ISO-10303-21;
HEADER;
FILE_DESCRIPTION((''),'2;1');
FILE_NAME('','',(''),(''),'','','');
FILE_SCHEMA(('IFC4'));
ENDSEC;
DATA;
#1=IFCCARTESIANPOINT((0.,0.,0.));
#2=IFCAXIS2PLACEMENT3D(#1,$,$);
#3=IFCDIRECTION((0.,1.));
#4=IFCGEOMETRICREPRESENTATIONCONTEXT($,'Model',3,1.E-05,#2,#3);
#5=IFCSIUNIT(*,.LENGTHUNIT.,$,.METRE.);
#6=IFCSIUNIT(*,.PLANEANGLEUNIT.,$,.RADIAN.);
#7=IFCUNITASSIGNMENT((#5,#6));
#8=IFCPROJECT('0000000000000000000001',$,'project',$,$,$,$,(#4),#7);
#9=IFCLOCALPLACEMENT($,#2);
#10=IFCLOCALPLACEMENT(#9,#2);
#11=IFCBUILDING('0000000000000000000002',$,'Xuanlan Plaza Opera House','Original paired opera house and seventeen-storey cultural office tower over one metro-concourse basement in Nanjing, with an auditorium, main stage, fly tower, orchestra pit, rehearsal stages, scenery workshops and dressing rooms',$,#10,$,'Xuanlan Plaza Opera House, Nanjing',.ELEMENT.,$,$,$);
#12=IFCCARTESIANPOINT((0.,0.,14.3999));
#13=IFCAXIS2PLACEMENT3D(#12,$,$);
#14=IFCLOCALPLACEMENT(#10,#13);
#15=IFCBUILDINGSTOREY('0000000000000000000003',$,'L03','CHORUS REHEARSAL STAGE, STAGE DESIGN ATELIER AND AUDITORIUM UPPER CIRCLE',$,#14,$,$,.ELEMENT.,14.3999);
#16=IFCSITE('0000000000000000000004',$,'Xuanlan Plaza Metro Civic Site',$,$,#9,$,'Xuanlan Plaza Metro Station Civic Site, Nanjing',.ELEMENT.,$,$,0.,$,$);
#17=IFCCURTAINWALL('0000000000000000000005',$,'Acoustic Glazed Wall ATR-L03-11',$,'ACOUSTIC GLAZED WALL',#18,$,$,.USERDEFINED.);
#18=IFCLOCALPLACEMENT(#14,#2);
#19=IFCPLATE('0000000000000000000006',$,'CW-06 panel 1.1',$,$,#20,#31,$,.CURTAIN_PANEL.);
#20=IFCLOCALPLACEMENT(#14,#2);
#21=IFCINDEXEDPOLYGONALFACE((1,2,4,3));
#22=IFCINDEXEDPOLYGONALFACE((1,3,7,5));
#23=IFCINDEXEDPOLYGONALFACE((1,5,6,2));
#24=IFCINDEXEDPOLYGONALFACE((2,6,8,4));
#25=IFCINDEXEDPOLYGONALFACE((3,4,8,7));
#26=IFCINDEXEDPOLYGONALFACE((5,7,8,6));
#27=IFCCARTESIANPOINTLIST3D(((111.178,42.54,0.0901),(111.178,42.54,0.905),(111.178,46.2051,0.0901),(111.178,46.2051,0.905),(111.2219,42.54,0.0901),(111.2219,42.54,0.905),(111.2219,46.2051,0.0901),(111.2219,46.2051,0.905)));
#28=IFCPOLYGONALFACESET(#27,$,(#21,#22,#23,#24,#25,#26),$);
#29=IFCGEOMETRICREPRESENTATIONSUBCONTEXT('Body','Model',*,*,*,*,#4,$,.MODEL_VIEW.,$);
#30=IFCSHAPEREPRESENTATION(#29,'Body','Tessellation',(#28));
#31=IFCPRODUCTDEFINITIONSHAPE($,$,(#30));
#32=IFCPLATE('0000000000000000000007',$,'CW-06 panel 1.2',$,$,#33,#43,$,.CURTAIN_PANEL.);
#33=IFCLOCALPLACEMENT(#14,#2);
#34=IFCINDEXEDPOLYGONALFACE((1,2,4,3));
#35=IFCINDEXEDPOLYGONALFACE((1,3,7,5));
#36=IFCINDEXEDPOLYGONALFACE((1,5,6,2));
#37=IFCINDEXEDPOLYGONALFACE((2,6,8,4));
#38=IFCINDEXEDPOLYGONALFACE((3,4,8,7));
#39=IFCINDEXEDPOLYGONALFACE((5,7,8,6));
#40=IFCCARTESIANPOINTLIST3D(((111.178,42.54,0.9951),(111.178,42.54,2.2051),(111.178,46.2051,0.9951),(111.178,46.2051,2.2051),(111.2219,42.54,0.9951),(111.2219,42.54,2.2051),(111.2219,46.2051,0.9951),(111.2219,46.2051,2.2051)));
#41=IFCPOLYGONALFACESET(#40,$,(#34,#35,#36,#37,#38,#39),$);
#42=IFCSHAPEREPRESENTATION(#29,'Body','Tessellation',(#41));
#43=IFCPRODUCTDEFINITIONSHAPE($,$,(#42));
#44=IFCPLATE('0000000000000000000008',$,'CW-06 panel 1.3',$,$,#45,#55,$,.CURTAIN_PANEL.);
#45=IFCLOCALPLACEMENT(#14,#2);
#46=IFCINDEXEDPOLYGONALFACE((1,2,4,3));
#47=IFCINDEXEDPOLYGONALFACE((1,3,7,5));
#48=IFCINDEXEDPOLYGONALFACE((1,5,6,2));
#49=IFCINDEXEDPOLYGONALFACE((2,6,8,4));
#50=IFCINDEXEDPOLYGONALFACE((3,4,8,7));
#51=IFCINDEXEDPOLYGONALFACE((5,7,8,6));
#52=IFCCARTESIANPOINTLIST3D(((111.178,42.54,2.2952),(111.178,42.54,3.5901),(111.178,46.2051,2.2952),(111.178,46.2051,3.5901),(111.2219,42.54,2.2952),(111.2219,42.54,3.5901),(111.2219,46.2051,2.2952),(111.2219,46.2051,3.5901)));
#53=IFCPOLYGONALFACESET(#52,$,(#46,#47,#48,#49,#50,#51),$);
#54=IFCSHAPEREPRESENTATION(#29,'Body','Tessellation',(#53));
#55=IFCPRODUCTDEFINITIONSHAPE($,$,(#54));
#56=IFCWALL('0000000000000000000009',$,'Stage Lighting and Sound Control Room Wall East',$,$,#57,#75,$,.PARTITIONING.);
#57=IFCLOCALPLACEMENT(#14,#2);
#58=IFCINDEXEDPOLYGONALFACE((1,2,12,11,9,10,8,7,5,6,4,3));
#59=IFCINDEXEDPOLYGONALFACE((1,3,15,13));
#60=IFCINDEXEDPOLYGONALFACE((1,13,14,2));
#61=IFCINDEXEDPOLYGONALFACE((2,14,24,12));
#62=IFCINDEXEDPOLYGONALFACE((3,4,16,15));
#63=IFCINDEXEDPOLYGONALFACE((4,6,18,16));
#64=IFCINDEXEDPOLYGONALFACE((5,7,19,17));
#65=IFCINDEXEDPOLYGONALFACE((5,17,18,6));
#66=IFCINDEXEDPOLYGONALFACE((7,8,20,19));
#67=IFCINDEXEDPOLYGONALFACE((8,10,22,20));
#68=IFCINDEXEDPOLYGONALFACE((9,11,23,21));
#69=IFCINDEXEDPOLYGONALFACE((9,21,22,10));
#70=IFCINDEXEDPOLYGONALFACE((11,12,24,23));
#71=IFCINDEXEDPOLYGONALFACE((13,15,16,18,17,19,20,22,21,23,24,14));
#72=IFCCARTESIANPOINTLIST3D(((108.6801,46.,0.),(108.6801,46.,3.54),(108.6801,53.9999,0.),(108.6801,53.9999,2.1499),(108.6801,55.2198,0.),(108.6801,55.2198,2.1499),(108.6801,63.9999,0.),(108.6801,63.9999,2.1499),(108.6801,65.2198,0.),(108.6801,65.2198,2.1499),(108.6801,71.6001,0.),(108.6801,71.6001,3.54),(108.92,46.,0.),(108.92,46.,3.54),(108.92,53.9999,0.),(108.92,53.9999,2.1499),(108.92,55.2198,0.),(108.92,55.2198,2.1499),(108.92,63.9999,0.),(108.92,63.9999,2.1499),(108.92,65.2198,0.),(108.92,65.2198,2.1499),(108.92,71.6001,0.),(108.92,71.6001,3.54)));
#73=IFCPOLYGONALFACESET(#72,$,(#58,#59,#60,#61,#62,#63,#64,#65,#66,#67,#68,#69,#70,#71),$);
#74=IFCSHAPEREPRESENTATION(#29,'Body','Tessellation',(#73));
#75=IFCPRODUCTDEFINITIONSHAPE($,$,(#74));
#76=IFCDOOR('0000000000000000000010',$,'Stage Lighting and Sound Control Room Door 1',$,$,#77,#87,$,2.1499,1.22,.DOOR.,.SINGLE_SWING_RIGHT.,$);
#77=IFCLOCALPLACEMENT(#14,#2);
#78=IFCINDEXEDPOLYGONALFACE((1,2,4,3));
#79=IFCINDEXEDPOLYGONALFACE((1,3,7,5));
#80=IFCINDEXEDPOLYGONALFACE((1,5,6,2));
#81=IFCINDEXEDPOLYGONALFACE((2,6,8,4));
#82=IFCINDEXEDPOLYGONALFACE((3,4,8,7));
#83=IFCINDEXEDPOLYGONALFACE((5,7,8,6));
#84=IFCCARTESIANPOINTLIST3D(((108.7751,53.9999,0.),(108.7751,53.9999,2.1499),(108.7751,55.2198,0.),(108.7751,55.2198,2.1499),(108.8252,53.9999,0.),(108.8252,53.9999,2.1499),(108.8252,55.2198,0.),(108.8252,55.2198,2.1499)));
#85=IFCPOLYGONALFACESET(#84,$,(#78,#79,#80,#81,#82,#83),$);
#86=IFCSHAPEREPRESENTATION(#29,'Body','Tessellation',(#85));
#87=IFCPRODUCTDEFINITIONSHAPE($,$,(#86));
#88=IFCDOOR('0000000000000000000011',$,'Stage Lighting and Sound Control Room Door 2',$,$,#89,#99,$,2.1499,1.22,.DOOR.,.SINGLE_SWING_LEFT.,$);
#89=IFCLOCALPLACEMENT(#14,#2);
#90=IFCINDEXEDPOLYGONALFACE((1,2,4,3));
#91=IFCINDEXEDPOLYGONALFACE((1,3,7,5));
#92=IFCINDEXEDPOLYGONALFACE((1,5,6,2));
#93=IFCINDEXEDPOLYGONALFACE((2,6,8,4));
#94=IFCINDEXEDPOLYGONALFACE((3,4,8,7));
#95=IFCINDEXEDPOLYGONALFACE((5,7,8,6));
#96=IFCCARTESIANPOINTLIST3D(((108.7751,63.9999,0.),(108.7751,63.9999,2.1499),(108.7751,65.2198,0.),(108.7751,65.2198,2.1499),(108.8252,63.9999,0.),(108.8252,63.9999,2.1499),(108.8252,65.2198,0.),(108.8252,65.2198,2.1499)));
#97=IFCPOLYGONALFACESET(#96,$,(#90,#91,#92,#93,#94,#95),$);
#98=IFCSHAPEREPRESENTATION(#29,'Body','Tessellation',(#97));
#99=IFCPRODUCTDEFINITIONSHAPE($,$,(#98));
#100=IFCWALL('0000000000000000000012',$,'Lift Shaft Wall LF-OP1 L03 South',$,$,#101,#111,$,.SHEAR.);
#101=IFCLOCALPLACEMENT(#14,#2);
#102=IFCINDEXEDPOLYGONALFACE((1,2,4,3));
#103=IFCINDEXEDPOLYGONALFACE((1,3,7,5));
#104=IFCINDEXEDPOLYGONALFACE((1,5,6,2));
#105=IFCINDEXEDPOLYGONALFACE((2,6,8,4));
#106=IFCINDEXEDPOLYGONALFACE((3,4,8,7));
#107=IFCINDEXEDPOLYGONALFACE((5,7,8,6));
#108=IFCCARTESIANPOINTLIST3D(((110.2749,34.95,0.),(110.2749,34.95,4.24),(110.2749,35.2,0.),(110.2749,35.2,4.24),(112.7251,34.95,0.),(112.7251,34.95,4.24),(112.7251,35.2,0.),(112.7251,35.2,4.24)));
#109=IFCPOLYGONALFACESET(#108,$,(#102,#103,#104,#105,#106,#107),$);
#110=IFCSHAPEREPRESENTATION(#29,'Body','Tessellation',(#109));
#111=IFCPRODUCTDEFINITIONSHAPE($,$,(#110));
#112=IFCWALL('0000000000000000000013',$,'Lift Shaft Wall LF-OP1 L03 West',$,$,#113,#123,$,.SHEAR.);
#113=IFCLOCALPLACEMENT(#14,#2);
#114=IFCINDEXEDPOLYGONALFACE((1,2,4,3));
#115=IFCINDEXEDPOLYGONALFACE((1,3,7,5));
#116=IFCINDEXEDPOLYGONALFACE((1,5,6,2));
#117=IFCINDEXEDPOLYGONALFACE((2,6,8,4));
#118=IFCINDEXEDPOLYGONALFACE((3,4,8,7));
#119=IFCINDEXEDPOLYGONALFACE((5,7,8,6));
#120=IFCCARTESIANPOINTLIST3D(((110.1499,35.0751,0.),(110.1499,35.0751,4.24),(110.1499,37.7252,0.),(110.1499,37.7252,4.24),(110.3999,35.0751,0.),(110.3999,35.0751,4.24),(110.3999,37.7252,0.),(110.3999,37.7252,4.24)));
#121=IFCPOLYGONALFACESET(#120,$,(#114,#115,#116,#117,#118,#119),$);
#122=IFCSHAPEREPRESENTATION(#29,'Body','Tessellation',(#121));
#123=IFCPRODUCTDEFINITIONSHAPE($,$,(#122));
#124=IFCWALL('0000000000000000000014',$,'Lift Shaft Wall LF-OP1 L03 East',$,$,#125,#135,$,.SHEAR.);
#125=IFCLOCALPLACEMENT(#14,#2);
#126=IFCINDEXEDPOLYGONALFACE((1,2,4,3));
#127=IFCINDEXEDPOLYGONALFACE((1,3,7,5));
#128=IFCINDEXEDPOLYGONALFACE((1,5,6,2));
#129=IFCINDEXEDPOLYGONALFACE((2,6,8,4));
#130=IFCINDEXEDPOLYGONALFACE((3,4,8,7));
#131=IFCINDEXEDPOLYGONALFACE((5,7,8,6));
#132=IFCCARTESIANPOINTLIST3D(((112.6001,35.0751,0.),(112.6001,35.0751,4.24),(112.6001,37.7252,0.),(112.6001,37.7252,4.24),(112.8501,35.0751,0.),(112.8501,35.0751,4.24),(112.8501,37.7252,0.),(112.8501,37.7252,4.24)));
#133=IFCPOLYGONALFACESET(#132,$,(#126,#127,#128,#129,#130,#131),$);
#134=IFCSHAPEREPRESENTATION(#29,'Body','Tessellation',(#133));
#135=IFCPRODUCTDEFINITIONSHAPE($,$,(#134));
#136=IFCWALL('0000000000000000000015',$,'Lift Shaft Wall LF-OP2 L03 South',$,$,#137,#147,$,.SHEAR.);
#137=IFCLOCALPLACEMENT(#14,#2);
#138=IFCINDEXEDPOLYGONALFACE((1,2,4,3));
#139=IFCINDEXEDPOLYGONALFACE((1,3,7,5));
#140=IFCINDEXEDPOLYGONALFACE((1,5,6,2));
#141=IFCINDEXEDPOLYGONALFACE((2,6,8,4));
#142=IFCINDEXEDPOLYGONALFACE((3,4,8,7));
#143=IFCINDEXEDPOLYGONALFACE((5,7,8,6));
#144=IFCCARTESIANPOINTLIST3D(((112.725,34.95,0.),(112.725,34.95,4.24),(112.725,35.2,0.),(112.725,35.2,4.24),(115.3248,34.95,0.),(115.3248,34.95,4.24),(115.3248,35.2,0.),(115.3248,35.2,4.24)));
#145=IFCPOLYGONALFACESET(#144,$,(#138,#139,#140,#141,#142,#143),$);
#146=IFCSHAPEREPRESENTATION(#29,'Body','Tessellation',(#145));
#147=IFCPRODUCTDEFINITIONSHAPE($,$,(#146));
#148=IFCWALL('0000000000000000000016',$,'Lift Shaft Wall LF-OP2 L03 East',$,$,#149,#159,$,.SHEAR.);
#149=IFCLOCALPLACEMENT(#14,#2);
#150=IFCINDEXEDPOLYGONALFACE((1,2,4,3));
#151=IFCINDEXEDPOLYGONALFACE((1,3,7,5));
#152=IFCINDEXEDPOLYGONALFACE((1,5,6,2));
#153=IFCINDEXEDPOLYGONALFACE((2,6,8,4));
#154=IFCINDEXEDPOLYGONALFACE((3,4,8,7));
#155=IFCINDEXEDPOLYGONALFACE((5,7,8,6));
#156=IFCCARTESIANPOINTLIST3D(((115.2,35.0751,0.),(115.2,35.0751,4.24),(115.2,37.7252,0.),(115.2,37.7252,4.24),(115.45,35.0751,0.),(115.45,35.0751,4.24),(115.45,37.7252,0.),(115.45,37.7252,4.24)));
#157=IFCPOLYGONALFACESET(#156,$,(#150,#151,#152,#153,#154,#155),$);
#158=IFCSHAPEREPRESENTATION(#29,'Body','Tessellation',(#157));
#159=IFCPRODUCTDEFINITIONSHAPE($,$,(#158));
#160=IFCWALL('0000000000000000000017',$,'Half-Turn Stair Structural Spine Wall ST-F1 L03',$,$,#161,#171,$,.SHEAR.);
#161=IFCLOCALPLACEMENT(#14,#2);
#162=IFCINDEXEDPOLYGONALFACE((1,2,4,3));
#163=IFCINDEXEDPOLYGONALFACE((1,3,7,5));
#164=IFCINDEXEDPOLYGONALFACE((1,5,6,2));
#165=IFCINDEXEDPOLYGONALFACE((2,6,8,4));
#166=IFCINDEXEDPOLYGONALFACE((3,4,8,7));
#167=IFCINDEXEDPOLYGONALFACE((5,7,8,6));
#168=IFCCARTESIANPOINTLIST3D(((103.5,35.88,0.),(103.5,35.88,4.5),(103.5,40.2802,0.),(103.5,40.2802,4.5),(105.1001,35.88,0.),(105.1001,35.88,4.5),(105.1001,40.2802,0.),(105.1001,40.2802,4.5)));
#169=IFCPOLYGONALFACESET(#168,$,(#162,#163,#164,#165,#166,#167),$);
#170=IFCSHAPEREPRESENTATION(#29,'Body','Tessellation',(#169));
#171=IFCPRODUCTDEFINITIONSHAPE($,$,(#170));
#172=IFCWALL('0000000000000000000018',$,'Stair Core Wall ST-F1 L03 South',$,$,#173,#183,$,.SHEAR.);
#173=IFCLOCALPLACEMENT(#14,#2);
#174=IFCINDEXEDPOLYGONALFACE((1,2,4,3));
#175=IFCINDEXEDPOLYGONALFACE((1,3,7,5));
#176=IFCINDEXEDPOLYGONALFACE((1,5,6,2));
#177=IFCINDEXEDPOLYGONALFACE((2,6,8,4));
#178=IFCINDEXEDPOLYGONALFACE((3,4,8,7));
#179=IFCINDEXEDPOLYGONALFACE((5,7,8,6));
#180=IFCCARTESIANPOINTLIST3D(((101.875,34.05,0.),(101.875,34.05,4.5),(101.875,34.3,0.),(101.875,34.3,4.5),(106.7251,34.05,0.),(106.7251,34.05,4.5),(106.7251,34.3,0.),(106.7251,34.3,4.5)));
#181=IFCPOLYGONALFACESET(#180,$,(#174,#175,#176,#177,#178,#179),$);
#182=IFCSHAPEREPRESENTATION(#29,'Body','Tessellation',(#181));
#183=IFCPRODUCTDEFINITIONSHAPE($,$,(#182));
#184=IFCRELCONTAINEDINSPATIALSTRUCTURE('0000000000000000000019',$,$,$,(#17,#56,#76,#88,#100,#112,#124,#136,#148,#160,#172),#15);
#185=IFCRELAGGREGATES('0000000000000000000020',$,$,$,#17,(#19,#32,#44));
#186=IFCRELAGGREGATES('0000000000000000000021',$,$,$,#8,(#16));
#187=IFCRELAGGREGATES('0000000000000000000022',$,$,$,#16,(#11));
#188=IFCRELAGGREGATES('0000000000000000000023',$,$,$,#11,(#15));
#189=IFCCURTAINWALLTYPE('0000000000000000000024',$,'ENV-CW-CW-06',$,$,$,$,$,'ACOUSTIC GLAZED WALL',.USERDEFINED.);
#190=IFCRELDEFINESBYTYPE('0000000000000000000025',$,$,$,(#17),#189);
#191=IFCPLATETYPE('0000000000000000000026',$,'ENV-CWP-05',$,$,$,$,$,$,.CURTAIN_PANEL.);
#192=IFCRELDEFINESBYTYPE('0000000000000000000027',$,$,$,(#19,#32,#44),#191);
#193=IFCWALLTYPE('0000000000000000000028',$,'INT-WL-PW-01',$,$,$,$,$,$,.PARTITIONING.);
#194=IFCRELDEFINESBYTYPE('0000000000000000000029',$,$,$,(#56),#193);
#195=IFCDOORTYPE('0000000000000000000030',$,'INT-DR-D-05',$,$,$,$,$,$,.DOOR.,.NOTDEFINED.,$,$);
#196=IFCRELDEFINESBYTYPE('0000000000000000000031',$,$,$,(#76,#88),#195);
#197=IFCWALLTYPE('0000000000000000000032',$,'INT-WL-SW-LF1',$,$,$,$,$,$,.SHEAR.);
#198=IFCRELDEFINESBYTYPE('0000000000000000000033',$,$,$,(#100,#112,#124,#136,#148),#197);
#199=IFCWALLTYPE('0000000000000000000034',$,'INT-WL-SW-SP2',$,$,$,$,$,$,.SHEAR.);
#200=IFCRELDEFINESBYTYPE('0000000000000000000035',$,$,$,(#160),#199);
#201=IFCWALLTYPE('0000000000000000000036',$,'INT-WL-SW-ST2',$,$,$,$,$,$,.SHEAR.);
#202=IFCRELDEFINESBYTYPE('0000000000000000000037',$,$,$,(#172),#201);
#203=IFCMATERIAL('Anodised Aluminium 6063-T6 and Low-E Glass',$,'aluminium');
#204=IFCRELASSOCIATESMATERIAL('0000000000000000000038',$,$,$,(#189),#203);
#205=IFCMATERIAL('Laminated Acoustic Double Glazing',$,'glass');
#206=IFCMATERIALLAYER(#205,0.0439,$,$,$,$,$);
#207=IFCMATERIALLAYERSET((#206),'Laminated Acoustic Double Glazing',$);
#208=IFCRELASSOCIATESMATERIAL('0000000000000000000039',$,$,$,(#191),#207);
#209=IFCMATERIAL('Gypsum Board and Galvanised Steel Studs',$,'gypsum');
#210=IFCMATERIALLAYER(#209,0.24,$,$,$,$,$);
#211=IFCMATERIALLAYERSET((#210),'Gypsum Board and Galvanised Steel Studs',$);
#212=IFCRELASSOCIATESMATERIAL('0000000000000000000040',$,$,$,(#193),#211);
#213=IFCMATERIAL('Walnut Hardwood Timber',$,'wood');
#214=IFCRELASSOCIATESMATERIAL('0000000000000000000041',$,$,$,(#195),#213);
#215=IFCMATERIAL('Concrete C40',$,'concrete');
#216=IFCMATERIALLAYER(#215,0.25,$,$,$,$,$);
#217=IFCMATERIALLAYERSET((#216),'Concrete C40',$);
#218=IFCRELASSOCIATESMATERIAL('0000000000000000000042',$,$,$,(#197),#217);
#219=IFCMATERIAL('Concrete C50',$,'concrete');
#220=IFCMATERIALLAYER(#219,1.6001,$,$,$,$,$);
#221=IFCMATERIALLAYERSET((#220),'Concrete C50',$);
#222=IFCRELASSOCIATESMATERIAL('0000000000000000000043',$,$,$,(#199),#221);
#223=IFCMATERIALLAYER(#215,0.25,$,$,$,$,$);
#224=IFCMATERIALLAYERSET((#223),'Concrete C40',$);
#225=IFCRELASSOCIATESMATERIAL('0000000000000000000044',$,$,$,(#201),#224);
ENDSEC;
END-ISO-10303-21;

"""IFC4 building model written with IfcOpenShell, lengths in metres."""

from ifc_helpers import new_model, si_unit, direction, frame, frame_2d, origin, origin_2d, place, context, subcontext, project, spatial, rectangle, extrude, material, layer, layer_set, type_object, element, fill, aggregate, save


model = new_model("IFC4")

# Units and contexts
model_context = context("Model", 3, precision=1e-05, world=origin(), true_north=direction((0.0, 1.0)))
body_context = subcontext(model_context, "Body", "Model", "MODEL_VIEW")
ifc_project = project(units=[si_unit("LENGTHUNIT", "METRE"), si_unit("PLANEANGLEUNIT", "RADIAN")], contexts=[model_context])

# Site, building, storey
site_placement = place(None, origin())
site = spatial("IfcSite", under=ifc_project, at=site_placement, Name="Xuanlan Plaza Metro Civic Site", LongName="Xuanlan Plaza Metro Station Civic Site, Nanjing", CompositionType="ELEMENT", RefElevation=0.0)
building_placement = place(site_placement, origin())
building = spatial("IfcBuilding", under=site, at=building_placement, Name="Xuanlan Plaza Opera House", Description="Original paired opera house and seventeen-storey cultural office tower over one metro-concourse basement in Nanjing, with an auditorium, main stage, fly tower, orchestra pit, rehearsal stages, scenery workshops and dressing rooms", LongName="Xuanlan Plaza Opera House, Nanjing", CompositionType="ELEMENT")
storey_placement = place(building_placement, frame((0.0, 0.0, 14.3999)))
storey = spatial("IfcBuildingStorey", under=building, at=storey_placement, Name="L03", Description="CHORUS REHEARSAL STAGE, STAGE DESIGN ATELIER AND AUDITORIUM UPPER CIRCLE", CompositionType="ELEMENT", Elevation=14.3999)

# Shared definitions
ifc_material_1 = material(Name="Concrete C50", Category="concrete")

# Curtain wall
ifc_material_2 = material(Name="Anodised Aluminium 6063-T6 and Low-E Glass", Category="aluminium")
curtain_wall_type = type_object("IfcCurtainWallType", Name="ENV-CW-CW-06", ElementType="ACOUSTIC GLAZED WALL", PredefinedType="USERDEFINED", material=ifc_material_2)
curtain_wall_placement = place(storey_placement, origin())
curtain_wall = element("IfcCurtainWall", 1, at=curtain_wall_placement, inside=storey, type_object=curtain_wall_type, Name="Acoustic Glazed Wall ATR-L03-11", ObjectType="ACOUSTIC GLAZED WALL", PredefinedType="USERDEFINED")

# Plates
ifc_material_3 = material(Name="Laminated Acoustic Double Glazing", Category="glass")
ifc_layer_1 = layer(ifc_material_3, 0.0439)
ifc_layer_set_1 = layer_set([ifc_layer_1], Name="Laminated Acoustic Double Glazing")
plate_type = type_object("IfcPlateType", Name="ENV-CWP-05", PredefinedType="CURTAIN_PANEL", material=ifc_layer_set_1)
plate_1_placement = place(storey_placement, frame((111.2, 44.3726, 0.0901), z_axis=(0.0, 0.0, 1.0), x_axis=(0.0, 1.0, 0.0)))
plate_1 = element("IfcPlate", 2, at=plate_1_placement, type_object=plate_type, Name="CW-06 panel 1.1", PredefinedType="CURTAIN_PANEL", context=body_context, shape_type="SweptSolid", body=[
    extrude(rectangle(XDim=3.665, YDim=0.0439, at=origin_2d()), origin(), (0.0, 0.0, 1.0), 0.8149),
])
plate_2_placement = place(storey_placement, frame((111.2, 44.3726, 0.9951), z_axis=(0.0, 0.0, 1.0), x_axis=(0.0, 1.0, 0.0)))
plate_2 = element("IfcPlate", 3, at=plate_2_placement, type_object=plate_type, Name="CW-06 panel 1.2", PredefinedType="CURTAIN_PANEL", context=body_context, shape_type="SweptSolid", body=[
    extrude(rectangle(XDim=3.665, YDim=0.0439, at=origin_2d()), origin(), (0.0, 0.0, 1.0), 1.21),
])
plate_3_placement = place(storey_placement, frame((111.2, 44.3726, 2.2952), z_axis=(0.0, 0.0, 1.0), x_axis=(0.0, 1.0, 0.0)))
plate_3 = element("IfcPlate", 4, at=plate_3_placement, type_object=plate_type, Name="CW-06 panel 1.3", PredefinedType="CURTAIN_PANEL", context=body_context, shape_type="SweptSolid", body=[
    extrude(rectangle(XDim=3.665, YDim=0.0439, at=origin_2d()), origin(), (0.0, 0.0, 1.0), 1.2949),
])
aggregate(curtain_wall, [plate_1, plate_2, plate_3])

# Wall, openings, doors
ifc_material_4 = material(Name="Gypsum Board and Galvanised Steel Studs", Category="gypsum")
ifc_layer_2 = layer(ifc_material_4, 0.24)
ifc_layer_set_2 = layer_set([ifc_layer_2], Name="Gypsum Board and Galvanised Steel Studs")
wall_type_1 = type_object("IfcWallType", Name="INT-WL-PW-01", PredefinedType="PARTITIONING", material=ifc_layer_set_2)
wall_1_placement = place(storey_placement, frame((108.8, 46.0, 0.0), z_axis=(0.0, 0.0, 1.0), x_axis=(0.0, 1.0, 0.0)))
wall_1 = element("IfcWall", 5, at=wall_1_placement, inside=storey, type_object=wall_type_1, Name="Stage Lighting and Sound Control Room Wall East", PredefinedType="PARTITIONING", context=body_context, shape_type="SweptSolid", body=[
    extrude(rectangle(XDim=25.6001, YDim=0.24, at=frame_2d((12.8, 0.0))), origin(), (0.0, 0.0, 1.0), 3.54),
])
opening_1_placement = place(wall_1_placement, frame((8.0, 0.0, 0.0)))
opening_1 = element("IfcOpeningElement", 6, at=opening_1_placement, cuts=wall_1, PredefinedType="OPENING", context=body_context, shape_type="SweptSolid", body=[
    extrude(rectangle(XDim=1.22, YDim=2.1499, at=frame_2d((0.6099, 1.075))), frame((0.0, 0.1299, 0.0), z_axis=(0.0, -1.0, 0.0), x_axis=(1.0, 0.0, 0.0)), (0.0, 0.0, 1.0), 0.26),
])
opening_2_placement = place(wall_1_placement, frame((18.0, 0.0, 0.0)))
opening_2 = element("IfcOpeningElement", 7, at=opening_2_placement, cuts=wall_1, PredefinedType="OPENING", context=body_context, shape_type="SweptSolid", body=[
    extrude(rectangle(XDim=1.22, YDim=2.1499, at=frame_2d((0.6099, 1.075))), frame((0.0, 0.1299, 0.0), z_axis=(0.0, -1.0, 0.0), x_axis=(1.0, 0.0, 0.0)), (0.0, 0.0, 1.0), 0.26),
])
ifc_material_5 = material(Name="Walnut Hardwood Timber", Category="wood")
door_type_1 = type_object("IfcDoorType", Name="INT-DR-D-05", OperationType="NOTDEFINED", PredefinedType="DOOR", material=ifc_material_5)
door_1_placement = place(opening_1_placement, origin())
door_1 = element("IfcDoor", 8, at=door_1_placement, inside=storey, type_object=door_type_1, Name="Stage Lighting and Sound Control Room Door 1", OperationType="SINGLE_SWING_RIGHT", OverallHeight=2.1499, OverallWidth=1.22, PredefinedType="DOOR", context=body_context, shape_type="SweptSolid", body=[
    extrude(rectangle(XDim=1.22, YDim=2.1499, at=frame_2d((0.6099, 1.075))), frame((0.0, 0.0249, 0.0), z_axis=(0.0, -1.0, 0.0), x_axis=(1.0, 0.0, 0.0)), (0.0, 0.0, 1.0), 0.05),
])
fill(opening_1, door_1)
door_2_placement = place(opening_2_placement, origin())
door_2 = element("IfcDoor", 9, at=door_2_placement, inside=storey, type_object=door_type_1, Name="Stage Lighting and Sound Control Room Door 2", OperationType="SINGLE_SWING_LEFT", OverallHeight=2.1499, OverallWidth=1.22, PredefinedType="DOOR", context=body_context, shape_type="SweptSolid", body=[
    extrude(rectangle(XDim=1.22, YDim=2.1499, at=frame_2d((0.6099, 1.075))), frame((0.0, 0.0249, 0.0), z_axis=(0.0, -1.0, 0.0), x_axis=(1.0, 0.0, 0.0)), (0.0, 0.0, 1.0), 0.05),
])
fill(opening_2, door_2)

# Wall
ifc_material_6 = material(Name="Concrete C40", Category="concrete")
ifc_layer_3 = layer(ifc_material_6, 0.25)
ifc_layer_set_3 = layer_set([ifc_layer_3], Name="Concrete C40")
wall_type_2 = type_object("IfcWallType", Name="INT-WL-SW-LF1", PredefinedType="SHEAR", material=ifc_layer_set_3)
wall_2_placement = place(storey_placement, frame((110.2749, 35.075, 0.0), z_axis=(0.0, 0.0, 1.0), x_axis=(1.0, 0.0, 0.0)))
element("IfcWall", 10, at=wall_2_placement, inside=storey, type_object=wall_type_2, Name="Lift Shaft Wall LF-OP1 L03 South", PredefinedType="SHEAR", context=body_context, shape_type="SweptSolid", body=[
    extrude(rectangle(XDim=2.4502, YDim=0.25, at=frame_2d((1.2251, 0.0))), origin(), (0.0, 0.0, 1.0), 4.24),
])

# Walls
for number, where, z_axis, x_axis, name in (
    (11, (110.2749, 35.075, 0.0), (0.0, 0.0, 1.0), (0.0, 1.0, 0.0), "Lift Shaft Wall LF-OP1 L03 West"),
    (12, (112.7251, 35.075, 0.0), (0.0, 0.0, 1.0), (0.0, 1.0, 0.0), "Lift Shaft Wall LF-OP1 L03 East"),
):
    element("IfcWall", number, at=place(storey_placement, frame(where, z_axis=z_axis, x_axis=x_axis)), inside=storey, type_object=wall_type_2, Name=name, PredefinedType="SHEAR", context=body_context, shape_type="SweptSolid", body=[
        extrude(rectangle(XDim=2.6501, YDim=0.25, at=frame_2d((1.3252, 0.0))), origin(), (0.0, 0.0, 1.0), 4.24),
    ])
wall_3_placement = place(storey_placement, frame((112.7251, 35.075, 0.0), z_axis=(0.0, 0.0, 1.0), x_axis=(1.0, 0.0, 0.0)))
element("IfcWall", 13, at=wall_3_placement, inside=storey, type_object=wall_type_2, Name="Lift Shaft Wall LF-OP2 L03 South", PredefinedType="SHEAR", context=body_context, shape_type="SweptSolid", body=[
    extrude(rectangle(XDim=2.5999, YDim=0.25, at=frame_2d((1.2998, 0.0))), origin(), (0.0, 0.0, 1.0), 4.24),
])

# Walls
wall_4_placement = place(storey_placement, frame((115.325, 35.075, 0.0), z_axis=(0.0, 0.0, 1.0), x_axis=(0.0, 1.0, 0.0)))
element("IfcWall", 14, at=wall_4_placement, inside=storey, type_object=wall_type_2, Name="Lift Shaft Wall LF-OP2 L03 East", PredefinedType="SHEAR", context=body_context, shape_type="SweptSolid", body=[
    extrude(rectangle(XDim=2.6501, YDim=0.25, at=frame_2d((1.3252, 0.0))), origin(), (0.0, 0.0, 1.0), 4.24),
])
ifc_layer_4 = layer(ifc_material_1, 1.6001)
ifc_layer_set_4 = layer_set([ifc_layer_4], Name="Concrete C50")
wall_type_3 = type_object("IfcWallType", Name="INT-WL-SW-SP2", PredefinedType="SHEAR", material=ifc_layer_set_4)
wall_5_placement = place(storey_placement, frame((104.3, 35.8799, 0.0), z_axis=(0.0, 0.0, 1.0), x_axis=(0.0, 1.0, 0.0)))
element("IfcWall", 15, at=wall_5_placement, inside=storey, type_object=wall_type_3, Name="Half-Turn Stair Structural Spine Wall ST-F1 L03", PredefinedType="SHEAR", context=body_context, shape_type="SweptSolid", body=[
    extrude(rectangle(XDim=4.4001, YDim=1.6001, at=frame_2d((2.2002, 0.0))), origin(), (0.0, 0.0, 1.0), 4.5),
])
ifc_layer_5 = layer(ifc_material_6, 0.25)
ifc_layer_set_5 = layer_set([ifc_layer_5], Name="Concrete C40")
wall_type_4 = type_object("IfcWallType", Name="INT-WL-SW-ST2", PredefinedType="SHEAR", material=ifc_layer_set_5)
for number, where, z_axis, x_axis, name in (
    (16, (101.875, 34.175, 0.0), (0.0, 0.0, 1.0), (1.0, 0.0, 0.0), "Stair Core Wall ST-F1 L03 South"),
):
    element("IfcWall", number, at=place(storey_placement, frame(where, z_axis=z_axis, x_axis=x_axis)), inside=storey, type_object=wall_type_4, Name=name, PredefinedType="SHEAR", context=body_context, shape_type="SweptSolid", body=[
        extrude(rectangle(XDim=4.8501, YDim=0.25, at=frame_2d((2.425, 0.0))), origin(), (0.0, 0.0, 1.0), 4.5),
    ])

save(model, "model.ifc")
